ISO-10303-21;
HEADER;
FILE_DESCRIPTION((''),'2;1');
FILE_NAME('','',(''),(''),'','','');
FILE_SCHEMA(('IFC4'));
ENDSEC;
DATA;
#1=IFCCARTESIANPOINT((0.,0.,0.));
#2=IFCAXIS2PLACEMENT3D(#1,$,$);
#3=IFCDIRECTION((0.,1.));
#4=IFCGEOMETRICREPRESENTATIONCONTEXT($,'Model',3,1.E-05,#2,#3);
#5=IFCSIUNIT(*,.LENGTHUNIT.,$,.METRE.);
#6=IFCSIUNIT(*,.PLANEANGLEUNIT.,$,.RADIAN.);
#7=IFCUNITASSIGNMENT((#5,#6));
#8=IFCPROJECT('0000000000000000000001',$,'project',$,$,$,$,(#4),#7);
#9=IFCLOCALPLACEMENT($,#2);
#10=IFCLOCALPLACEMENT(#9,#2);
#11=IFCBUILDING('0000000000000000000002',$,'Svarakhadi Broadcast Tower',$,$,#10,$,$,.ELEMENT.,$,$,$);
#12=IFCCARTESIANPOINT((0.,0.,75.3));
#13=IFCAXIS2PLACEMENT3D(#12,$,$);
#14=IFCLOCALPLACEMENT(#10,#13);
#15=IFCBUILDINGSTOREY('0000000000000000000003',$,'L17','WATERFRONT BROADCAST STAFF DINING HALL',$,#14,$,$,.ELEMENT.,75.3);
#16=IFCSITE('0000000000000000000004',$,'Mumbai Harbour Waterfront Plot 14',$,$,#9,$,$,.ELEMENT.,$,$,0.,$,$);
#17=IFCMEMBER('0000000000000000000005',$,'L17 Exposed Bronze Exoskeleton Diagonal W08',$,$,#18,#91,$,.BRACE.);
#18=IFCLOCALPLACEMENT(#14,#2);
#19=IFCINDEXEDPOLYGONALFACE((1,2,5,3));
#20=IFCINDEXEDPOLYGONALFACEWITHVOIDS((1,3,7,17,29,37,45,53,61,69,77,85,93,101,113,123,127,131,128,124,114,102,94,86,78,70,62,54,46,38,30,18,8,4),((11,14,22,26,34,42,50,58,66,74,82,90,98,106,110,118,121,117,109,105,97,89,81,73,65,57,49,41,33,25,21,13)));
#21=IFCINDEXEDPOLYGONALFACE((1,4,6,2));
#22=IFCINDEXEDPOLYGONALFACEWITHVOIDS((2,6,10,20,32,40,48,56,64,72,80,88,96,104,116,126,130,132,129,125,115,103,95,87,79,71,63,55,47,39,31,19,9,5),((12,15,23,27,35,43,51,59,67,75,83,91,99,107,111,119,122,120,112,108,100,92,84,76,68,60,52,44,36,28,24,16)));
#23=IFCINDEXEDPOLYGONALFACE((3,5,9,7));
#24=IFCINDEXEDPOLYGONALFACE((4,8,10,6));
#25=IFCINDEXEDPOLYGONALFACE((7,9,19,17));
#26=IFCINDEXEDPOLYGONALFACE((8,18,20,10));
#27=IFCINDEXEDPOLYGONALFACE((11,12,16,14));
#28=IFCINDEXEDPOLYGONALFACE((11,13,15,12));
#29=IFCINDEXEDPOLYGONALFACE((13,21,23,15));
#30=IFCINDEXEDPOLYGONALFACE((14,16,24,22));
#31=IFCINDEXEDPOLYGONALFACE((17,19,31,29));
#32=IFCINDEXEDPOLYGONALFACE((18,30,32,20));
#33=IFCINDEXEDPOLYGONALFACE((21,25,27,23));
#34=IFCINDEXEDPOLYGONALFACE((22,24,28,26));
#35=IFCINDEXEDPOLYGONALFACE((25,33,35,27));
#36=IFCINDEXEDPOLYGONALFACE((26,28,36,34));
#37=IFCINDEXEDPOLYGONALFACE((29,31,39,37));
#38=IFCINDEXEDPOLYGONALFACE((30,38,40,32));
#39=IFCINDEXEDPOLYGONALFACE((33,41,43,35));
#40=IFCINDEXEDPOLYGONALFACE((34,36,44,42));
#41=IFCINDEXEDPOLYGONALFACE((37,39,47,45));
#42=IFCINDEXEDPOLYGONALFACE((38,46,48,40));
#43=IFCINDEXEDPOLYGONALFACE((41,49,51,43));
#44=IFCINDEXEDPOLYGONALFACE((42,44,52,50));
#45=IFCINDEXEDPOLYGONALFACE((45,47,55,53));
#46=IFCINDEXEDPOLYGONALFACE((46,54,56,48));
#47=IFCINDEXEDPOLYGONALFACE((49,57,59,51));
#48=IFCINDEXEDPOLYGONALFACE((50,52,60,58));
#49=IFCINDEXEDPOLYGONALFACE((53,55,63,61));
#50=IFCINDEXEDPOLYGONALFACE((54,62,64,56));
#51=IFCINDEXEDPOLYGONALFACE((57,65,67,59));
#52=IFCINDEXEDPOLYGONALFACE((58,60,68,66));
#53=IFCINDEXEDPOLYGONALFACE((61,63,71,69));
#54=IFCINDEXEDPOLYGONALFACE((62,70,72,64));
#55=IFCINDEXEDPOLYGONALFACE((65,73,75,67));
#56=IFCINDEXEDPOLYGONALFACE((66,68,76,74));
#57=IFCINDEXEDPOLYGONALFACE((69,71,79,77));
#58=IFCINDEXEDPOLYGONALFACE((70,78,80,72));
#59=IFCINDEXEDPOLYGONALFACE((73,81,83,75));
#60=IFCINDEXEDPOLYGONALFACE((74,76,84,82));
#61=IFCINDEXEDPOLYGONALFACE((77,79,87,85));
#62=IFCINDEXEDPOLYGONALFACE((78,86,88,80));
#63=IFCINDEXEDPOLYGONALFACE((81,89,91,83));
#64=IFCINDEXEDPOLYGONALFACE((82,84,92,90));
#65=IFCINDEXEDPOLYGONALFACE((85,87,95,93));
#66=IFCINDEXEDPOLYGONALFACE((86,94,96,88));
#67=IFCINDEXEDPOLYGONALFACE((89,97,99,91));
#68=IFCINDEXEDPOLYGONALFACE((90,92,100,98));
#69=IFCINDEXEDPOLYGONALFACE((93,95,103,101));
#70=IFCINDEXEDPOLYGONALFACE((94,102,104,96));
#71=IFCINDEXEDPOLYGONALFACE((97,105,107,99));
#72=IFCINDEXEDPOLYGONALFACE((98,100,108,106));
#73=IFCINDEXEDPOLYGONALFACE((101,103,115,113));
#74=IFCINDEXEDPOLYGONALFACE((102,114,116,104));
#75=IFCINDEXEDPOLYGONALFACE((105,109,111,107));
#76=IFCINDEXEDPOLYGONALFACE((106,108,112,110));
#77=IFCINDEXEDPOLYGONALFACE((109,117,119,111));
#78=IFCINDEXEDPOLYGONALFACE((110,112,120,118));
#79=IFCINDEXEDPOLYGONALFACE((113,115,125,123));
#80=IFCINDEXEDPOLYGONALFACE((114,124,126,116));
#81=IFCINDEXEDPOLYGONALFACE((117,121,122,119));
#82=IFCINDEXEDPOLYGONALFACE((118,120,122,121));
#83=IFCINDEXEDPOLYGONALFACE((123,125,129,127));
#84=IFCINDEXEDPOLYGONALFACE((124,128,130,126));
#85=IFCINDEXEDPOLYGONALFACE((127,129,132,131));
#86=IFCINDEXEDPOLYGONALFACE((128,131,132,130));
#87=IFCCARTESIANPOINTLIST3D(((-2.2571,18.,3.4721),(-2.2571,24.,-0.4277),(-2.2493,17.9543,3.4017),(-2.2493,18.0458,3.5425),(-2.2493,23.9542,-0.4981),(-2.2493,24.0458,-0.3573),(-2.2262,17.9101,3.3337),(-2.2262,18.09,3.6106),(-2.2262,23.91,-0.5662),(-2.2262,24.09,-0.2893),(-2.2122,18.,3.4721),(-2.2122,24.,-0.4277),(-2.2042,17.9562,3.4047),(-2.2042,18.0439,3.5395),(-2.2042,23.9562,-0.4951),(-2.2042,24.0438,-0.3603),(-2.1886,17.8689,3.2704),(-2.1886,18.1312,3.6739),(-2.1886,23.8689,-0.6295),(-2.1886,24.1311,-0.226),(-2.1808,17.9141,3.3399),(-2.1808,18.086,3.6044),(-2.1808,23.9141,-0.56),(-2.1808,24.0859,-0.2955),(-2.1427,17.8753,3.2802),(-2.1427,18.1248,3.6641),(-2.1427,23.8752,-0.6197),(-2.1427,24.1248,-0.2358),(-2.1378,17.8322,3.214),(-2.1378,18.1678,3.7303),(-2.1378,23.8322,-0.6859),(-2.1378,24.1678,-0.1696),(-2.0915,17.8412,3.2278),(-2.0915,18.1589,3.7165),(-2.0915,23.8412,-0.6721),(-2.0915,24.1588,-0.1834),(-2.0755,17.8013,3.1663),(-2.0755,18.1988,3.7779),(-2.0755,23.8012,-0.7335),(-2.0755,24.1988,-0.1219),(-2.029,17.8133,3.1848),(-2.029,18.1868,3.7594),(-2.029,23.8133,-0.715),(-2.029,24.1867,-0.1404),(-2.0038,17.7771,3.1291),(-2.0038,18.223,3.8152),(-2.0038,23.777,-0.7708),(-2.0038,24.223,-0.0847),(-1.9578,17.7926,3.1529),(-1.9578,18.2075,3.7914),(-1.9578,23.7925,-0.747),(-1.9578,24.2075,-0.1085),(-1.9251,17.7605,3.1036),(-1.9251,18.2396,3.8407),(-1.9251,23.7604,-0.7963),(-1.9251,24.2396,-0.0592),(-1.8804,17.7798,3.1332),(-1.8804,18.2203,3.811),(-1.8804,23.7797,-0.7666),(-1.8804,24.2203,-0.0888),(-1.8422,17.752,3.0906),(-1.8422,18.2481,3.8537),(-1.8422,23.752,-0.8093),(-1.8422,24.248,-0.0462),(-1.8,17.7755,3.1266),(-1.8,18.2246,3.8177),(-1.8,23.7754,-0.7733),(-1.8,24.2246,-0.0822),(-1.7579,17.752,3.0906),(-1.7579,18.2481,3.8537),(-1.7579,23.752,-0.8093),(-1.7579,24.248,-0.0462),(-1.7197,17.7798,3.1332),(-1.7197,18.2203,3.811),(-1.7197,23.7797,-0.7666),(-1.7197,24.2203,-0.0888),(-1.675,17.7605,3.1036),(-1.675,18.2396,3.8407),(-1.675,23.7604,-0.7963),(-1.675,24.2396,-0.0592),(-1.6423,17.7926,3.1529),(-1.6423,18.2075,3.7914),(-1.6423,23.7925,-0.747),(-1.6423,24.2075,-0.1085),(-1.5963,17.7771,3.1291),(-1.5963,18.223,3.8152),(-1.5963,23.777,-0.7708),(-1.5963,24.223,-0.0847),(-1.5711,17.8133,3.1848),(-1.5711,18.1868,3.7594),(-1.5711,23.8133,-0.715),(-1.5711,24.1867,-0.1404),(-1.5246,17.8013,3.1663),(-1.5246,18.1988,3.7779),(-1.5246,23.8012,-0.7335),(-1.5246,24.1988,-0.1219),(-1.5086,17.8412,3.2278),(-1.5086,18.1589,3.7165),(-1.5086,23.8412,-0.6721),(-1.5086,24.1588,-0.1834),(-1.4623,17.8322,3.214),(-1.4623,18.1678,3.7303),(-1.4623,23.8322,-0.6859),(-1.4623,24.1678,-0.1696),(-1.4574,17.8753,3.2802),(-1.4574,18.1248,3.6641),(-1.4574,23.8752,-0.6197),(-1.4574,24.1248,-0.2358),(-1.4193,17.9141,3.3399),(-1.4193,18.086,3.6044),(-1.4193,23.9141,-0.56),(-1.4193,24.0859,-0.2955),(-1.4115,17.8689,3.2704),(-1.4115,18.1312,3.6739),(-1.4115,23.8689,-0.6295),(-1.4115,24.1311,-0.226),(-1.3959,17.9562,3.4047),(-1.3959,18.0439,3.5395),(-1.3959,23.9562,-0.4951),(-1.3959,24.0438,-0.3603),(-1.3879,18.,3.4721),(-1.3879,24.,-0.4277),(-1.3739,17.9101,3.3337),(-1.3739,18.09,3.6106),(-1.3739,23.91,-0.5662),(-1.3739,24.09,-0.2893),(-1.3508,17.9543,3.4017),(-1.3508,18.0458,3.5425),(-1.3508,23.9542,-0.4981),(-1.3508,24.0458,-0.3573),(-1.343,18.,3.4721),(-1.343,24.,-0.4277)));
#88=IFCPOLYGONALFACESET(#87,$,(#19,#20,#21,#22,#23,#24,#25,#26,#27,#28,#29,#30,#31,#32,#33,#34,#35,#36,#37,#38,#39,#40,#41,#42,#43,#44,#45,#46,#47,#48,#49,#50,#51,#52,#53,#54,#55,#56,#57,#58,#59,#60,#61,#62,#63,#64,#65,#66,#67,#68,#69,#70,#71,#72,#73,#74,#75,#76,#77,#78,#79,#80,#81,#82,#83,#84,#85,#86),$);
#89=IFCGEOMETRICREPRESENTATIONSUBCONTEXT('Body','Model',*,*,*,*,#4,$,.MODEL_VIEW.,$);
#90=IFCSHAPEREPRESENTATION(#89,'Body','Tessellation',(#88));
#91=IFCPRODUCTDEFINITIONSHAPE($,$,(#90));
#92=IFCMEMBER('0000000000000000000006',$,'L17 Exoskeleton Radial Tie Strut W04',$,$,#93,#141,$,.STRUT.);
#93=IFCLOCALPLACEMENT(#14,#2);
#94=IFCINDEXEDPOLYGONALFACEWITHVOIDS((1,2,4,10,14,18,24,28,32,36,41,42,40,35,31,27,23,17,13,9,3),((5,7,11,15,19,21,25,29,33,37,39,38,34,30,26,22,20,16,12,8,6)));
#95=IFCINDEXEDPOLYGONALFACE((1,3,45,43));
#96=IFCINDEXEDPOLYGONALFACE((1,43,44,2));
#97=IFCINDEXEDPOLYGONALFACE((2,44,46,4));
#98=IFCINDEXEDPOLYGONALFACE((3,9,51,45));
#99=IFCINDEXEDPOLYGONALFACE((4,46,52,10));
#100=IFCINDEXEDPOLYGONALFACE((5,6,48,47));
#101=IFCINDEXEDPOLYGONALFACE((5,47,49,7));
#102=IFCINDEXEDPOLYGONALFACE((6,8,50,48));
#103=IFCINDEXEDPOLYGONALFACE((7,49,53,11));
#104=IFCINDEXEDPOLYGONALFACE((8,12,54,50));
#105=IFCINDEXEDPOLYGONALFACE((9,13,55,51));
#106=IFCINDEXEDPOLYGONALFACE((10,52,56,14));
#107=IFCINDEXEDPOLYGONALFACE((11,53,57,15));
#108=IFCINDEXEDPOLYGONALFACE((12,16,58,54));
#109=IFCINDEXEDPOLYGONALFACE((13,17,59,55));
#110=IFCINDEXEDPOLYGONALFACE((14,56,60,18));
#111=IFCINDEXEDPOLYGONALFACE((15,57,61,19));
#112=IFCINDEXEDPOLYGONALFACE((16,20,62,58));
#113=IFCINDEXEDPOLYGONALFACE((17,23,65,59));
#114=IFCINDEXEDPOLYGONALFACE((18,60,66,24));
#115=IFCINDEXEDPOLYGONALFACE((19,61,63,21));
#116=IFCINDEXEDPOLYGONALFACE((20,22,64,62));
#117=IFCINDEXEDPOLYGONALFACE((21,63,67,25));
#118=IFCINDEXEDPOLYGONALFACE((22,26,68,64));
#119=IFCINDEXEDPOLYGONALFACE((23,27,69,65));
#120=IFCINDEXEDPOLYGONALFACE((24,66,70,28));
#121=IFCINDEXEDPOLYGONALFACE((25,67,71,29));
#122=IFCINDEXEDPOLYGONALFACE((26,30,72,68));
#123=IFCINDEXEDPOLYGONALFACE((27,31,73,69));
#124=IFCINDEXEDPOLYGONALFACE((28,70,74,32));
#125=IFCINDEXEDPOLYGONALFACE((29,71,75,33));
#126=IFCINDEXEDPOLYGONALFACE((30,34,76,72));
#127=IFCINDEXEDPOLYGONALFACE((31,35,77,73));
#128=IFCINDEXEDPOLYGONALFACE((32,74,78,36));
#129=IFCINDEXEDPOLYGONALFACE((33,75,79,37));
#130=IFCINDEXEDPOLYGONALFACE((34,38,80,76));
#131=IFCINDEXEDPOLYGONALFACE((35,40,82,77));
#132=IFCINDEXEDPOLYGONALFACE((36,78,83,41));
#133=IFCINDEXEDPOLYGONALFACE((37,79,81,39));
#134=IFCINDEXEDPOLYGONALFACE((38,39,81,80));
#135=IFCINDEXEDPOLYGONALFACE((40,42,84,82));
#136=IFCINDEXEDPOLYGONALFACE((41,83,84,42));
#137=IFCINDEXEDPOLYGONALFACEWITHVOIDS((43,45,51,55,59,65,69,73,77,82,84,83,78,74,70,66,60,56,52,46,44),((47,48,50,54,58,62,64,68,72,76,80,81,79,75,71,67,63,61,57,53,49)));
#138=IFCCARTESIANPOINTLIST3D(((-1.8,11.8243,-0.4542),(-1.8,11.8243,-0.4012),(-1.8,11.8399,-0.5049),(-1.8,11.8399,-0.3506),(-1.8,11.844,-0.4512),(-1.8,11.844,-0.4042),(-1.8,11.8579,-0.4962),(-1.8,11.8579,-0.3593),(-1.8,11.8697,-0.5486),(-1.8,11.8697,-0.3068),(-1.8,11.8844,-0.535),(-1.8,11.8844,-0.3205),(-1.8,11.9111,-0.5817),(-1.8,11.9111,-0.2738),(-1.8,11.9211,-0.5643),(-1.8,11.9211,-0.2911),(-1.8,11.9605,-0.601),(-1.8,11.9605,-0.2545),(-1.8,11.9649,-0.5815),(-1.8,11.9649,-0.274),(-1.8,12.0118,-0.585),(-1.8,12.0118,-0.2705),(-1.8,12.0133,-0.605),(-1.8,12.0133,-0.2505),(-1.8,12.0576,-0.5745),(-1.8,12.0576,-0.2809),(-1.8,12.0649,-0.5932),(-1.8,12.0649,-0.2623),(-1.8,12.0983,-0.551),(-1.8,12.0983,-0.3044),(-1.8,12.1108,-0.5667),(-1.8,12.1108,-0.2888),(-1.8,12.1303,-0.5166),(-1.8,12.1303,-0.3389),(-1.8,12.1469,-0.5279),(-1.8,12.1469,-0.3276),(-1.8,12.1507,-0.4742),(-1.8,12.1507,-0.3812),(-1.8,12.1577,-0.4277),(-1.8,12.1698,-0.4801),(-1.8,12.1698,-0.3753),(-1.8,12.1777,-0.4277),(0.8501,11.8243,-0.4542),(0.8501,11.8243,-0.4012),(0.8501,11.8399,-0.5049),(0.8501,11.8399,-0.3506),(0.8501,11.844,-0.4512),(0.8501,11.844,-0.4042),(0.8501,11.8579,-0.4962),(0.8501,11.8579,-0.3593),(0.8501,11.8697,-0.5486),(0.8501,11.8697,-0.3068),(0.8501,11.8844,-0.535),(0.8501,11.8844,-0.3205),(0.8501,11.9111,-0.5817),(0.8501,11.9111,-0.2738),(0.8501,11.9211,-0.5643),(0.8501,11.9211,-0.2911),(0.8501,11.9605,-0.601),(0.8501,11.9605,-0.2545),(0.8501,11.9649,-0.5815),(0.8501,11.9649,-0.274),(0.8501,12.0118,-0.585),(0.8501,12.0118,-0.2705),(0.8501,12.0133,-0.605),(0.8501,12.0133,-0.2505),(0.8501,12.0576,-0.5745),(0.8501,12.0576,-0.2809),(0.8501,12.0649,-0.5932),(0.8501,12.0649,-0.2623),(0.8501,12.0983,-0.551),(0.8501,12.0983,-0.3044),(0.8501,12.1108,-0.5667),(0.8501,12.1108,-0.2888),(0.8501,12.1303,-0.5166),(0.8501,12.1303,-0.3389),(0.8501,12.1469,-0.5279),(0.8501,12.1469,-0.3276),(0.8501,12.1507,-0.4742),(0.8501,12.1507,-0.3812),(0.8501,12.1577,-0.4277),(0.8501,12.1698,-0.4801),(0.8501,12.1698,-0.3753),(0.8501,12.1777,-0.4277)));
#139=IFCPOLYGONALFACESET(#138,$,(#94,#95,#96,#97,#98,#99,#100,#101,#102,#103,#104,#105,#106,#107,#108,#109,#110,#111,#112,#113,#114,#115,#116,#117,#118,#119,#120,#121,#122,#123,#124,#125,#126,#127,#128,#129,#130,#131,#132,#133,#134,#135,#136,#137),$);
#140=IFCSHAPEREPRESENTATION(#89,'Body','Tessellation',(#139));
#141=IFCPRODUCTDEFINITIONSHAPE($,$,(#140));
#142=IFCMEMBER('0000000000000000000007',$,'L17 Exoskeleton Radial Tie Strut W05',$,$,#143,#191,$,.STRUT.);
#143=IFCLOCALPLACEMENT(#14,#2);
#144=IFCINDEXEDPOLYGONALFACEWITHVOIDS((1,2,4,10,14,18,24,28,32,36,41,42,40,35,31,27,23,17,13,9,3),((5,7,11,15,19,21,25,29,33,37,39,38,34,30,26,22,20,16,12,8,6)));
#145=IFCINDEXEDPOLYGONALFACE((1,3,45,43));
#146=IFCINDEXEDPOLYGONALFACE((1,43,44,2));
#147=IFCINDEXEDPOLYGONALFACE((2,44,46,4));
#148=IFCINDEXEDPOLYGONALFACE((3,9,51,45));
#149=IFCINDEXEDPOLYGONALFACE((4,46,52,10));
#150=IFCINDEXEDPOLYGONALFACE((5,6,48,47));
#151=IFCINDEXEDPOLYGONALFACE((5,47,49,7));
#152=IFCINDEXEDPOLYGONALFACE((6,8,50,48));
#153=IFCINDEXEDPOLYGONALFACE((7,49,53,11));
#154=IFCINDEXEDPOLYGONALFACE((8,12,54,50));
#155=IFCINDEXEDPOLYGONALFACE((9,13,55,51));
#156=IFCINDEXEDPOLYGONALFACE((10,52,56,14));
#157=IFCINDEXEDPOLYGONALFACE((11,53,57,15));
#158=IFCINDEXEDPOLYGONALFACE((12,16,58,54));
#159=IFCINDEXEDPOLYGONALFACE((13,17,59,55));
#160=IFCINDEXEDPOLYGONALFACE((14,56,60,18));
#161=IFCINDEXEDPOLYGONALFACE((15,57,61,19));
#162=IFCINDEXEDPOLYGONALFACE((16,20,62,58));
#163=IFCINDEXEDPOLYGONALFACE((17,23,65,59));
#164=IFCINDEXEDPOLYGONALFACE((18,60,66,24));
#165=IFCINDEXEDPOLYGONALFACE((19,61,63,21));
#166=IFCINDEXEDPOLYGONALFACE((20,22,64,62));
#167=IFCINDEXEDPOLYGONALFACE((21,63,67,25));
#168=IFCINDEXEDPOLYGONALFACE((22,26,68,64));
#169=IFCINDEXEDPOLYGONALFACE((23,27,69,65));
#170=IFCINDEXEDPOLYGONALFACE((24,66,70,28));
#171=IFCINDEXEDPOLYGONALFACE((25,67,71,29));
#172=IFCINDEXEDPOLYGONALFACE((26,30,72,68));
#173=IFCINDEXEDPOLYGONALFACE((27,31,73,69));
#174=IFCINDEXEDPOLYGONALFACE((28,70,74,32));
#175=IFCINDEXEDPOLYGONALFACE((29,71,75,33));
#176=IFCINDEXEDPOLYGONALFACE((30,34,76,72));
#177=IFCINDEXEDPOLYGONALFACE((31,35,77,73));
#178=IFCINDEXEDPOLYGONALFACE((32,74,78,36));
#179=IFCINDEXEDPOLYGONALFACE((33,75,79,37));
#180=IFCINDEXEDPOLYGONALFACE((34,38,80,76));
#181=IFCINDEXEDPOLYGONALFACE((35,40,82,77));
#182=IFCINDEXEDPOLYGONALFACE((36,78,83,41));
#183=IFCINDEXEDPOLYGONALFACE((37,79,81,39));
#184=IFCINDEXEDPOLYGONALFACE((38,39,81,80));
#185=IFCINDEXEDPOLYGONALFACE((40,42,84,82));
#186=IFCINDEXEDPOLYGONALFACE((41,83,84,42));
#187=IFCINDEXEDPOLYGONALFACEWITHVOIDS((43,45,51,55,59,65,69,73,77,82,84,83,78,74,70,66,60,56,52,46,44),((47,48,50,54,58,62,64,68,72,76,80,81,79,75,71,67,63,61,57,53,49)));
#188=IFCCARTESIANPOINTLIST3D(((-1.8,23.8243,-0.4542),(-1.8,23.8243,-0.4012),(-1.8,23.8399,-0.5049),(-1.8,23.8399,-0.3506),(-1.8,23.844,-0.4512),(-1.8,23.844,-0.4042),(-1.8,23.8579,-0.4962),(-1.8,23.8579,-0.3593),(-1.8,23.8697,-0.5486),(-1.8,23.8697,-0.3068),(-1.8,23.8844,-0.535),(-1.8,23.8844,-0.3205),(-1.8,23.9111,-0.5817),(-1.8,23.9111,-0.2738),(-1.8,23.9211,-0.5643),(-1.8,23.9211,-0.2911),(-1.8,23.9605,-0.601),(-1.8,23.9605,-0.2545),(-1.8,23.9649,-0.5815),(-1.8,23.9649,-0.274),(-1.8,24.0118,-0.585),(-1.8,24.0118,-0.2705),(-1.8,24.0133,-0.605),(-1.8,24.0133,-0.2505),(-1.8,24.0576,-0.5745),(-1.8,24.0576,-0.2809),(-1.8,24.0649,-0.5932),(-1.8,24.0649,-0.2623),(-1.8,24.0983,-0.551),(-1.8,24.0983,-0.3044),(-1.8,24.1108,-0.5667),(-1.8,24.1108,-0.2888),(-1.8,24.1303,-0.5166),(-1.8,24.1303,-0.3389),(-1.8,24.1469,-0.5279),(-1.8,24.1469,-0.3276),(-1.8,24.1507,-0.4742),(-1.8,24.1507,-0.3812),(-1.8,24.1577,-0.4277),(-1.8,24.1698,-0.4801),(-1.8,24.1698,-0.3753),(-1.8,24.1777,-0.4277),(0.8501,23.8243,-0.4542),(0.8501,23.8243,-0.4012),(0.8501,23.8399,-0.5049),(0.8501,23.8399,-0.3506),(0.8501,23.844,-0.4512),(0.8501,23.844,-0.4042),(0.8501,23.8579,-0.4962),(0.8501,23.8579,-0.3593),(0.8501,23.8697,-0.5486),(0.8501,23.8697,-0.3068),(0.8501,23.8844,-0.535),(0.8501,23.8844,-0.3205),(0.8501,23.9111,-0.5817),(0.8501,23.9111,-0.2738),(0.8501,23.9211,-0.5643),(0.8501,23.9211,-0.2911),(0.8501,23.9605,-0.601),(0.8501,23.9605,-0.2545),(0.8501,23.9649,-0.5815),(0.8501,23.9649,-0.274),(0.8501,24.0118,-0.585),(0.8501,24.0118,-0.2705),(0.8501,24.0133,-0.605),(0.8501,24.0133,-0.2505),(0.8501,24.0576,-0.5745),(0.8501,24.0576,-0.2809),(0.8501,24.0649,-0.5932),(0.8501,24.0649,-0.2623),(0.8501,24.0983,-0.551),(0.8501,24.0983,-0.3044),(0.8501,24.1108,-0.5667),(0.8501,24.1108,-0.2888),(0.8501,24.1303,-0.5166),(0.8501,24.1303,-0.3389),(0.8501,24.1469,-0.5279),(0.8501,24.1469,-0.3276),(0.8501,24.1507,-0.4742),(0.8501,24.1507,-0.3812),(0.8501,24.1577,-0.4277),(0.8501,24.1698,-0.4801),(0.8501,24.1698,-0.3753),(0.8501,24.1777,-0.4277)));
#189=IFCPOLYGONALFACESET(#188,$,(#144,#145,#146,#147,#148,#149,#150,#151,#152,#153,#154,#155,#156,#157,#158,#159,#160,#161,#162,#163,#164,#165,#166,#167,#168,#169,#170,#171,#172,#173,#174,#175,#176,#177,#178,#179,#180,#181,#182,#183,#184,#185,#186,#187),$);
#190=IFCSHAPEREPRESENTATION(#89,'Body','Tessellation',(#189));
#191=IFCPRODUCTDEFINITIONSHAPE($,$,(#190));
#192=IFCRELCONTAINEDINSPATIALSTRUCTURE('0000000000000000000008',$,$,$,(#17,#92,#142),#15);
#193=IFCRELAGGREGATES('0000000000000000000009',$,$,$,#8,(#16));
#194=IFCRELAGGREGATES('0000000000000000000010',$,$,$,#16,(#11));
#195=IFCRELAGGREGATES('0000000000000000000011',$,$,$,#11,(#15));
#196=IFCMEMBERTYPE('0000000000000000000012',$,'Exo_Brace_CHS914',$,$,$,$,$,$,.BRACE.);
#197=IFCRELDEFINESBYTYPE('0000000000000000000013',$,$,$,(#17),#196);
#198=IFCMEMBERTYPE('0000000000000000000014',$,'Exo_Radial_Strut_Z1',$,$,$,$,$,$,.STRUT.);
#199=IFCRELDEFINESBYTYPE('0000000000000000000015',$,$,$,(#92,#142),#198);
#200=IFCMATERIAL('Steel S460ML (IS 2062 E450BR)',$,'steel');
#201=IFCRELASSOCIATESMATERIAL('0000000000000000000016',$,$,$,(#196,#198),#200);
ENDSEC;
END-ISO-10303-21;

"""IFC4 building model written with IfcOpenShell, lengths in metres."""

from ifc_helpers import new_model, si_unit, direction, frame, origin, origin_2d, place, context, subcontext, project, spatial, hollow_circle, extrude, material, material_profile, profile_set, type_object, element, save


model = new_model("IFC4")

# Units and contexts
model_context = context("Model", 3, precision=1e-05, world=origin(), true_north=direction((0.0, 1.0)))
body_context = subcontext(model_context, "Body", "Model", "MODEL_VIEW")
ifc_project = project(units=[si_unit("LENGTHUNIT", "METRE"), si_unit("PLANEANGLEUNIT", "RADIAN")], contexts=[model_context])

# Site, building, storey
site_placement = place(None, origin())
site = spatial("IfcSite", under=ifc_project, at=site_placement, Name="Mumbai Harbour Waterfront Plot 14", CompositionType="ELEMENT", RefElevation=0.0)
building_placement = place(site_placement, origin())
building = spatial("IfcBuilding", under=site, at=building_placement, Name="Svarakhadi Broadcast Tower", CompositionType="ELEMENT")
storey_placement = place(building_placement, frame((0.0, 0.0, 75.3)))
storey = spatial("IfcBuildingStorey", under=building, at=storey_placement, Name="L17", Description="WATERFRONT BROADCAST STAFF DINING HALL", CompositionType="ELEMENT", Elevation=75.3)

# Shared definitions
ifc_material_1 = material(Name="Steel S460ML (IS 2062 E450BR)", Category="steel")

# Members
ifc_material_profile_1 = material_profile(ifc_material_1, hollow_circle(Radius=0.457, WallThickness=0.0449, at=origin_2d()), Name="CHS 914x45")
ifc_profile_set_1 = profile_set([ifc_material_profile_1], Name="Steel S460ML (IS 2062 E450BR)")
member_type_1 = type_object("IfcMemberType", Name="Exo_Brace_CHS914", PredefinedType="BRACE", material=ifc_profile_set_1)
for number, where, z_axis, x_axis, name in (
    (1, (-1.8, 24.0, -0.4277), (0.0, -0.83845, 0.544979), (1.0, 0.0, 0.0), "L17 Exposed Bronze Exoskeleton Diagonal W08"),
):
    element("IfcMember", number, at=place(storey_placement, frame(where, z_axis=z_axis, x_axis=x_axis)), inside=storey, type_object=member_type_1, Name=name, PredefinedType="BRACE", context=body_context, shape_type="SweptSolid", body=[
        extrude(hollow_circle(Radius=0.457, WallThickness=0.0449, at=origin_2d()), origin(), (0.0, 0.0, 1.0), 7.156),
    ])
ifc_material_profile_2 = material_profile(ifc_material_1, hollow_circle(Radius=0.1777, WallThickness=0.02, at=origin_2d()), Name="CHS 355.6x20")
ifc_profile_set_2 = profile_set([ifc_material_profile_2], Name="Steel S460ML (IS 2062 E450BR)")
member_type_2 = type_object("IfcMemberType", Name="Exo_Radial_Strut_Z1", PredefinedType="STRUT", material=ifc_profile_set_2)
for number, where, z_axis, x_axis, name in (
    (2, (-1.8, 12.0, -0.4277), (1.0, 0.0, 0.0), (0.0, 1.0, 0.0), "L17 Exoskeleton Radial Tie Strut W04"),
    (3, (-1.8, 24.0, -0.4277), (1.0, 0.0, 0.0), (0.0, 1.0, 0.0), "L17 Exoskeleton Radial Tie Strut W05"),
):
    element("IfcMember", number, at=place(storey_placement, frame(where, z_axis=z_axis, x_axis=x_axis)), inside=storey, type_object=member_type_2, Name=name, PredefinedType="STRUT", context=body_context, shape_type="SweptSolid", body=[
        extrude(hollow_circle(Radius=0.1777, WallThickness=0.02, at=origin_2d()), origin(), (0.0, 0.0, 1.0), 2.6501),
    ])

save(model, "model.ifc")
